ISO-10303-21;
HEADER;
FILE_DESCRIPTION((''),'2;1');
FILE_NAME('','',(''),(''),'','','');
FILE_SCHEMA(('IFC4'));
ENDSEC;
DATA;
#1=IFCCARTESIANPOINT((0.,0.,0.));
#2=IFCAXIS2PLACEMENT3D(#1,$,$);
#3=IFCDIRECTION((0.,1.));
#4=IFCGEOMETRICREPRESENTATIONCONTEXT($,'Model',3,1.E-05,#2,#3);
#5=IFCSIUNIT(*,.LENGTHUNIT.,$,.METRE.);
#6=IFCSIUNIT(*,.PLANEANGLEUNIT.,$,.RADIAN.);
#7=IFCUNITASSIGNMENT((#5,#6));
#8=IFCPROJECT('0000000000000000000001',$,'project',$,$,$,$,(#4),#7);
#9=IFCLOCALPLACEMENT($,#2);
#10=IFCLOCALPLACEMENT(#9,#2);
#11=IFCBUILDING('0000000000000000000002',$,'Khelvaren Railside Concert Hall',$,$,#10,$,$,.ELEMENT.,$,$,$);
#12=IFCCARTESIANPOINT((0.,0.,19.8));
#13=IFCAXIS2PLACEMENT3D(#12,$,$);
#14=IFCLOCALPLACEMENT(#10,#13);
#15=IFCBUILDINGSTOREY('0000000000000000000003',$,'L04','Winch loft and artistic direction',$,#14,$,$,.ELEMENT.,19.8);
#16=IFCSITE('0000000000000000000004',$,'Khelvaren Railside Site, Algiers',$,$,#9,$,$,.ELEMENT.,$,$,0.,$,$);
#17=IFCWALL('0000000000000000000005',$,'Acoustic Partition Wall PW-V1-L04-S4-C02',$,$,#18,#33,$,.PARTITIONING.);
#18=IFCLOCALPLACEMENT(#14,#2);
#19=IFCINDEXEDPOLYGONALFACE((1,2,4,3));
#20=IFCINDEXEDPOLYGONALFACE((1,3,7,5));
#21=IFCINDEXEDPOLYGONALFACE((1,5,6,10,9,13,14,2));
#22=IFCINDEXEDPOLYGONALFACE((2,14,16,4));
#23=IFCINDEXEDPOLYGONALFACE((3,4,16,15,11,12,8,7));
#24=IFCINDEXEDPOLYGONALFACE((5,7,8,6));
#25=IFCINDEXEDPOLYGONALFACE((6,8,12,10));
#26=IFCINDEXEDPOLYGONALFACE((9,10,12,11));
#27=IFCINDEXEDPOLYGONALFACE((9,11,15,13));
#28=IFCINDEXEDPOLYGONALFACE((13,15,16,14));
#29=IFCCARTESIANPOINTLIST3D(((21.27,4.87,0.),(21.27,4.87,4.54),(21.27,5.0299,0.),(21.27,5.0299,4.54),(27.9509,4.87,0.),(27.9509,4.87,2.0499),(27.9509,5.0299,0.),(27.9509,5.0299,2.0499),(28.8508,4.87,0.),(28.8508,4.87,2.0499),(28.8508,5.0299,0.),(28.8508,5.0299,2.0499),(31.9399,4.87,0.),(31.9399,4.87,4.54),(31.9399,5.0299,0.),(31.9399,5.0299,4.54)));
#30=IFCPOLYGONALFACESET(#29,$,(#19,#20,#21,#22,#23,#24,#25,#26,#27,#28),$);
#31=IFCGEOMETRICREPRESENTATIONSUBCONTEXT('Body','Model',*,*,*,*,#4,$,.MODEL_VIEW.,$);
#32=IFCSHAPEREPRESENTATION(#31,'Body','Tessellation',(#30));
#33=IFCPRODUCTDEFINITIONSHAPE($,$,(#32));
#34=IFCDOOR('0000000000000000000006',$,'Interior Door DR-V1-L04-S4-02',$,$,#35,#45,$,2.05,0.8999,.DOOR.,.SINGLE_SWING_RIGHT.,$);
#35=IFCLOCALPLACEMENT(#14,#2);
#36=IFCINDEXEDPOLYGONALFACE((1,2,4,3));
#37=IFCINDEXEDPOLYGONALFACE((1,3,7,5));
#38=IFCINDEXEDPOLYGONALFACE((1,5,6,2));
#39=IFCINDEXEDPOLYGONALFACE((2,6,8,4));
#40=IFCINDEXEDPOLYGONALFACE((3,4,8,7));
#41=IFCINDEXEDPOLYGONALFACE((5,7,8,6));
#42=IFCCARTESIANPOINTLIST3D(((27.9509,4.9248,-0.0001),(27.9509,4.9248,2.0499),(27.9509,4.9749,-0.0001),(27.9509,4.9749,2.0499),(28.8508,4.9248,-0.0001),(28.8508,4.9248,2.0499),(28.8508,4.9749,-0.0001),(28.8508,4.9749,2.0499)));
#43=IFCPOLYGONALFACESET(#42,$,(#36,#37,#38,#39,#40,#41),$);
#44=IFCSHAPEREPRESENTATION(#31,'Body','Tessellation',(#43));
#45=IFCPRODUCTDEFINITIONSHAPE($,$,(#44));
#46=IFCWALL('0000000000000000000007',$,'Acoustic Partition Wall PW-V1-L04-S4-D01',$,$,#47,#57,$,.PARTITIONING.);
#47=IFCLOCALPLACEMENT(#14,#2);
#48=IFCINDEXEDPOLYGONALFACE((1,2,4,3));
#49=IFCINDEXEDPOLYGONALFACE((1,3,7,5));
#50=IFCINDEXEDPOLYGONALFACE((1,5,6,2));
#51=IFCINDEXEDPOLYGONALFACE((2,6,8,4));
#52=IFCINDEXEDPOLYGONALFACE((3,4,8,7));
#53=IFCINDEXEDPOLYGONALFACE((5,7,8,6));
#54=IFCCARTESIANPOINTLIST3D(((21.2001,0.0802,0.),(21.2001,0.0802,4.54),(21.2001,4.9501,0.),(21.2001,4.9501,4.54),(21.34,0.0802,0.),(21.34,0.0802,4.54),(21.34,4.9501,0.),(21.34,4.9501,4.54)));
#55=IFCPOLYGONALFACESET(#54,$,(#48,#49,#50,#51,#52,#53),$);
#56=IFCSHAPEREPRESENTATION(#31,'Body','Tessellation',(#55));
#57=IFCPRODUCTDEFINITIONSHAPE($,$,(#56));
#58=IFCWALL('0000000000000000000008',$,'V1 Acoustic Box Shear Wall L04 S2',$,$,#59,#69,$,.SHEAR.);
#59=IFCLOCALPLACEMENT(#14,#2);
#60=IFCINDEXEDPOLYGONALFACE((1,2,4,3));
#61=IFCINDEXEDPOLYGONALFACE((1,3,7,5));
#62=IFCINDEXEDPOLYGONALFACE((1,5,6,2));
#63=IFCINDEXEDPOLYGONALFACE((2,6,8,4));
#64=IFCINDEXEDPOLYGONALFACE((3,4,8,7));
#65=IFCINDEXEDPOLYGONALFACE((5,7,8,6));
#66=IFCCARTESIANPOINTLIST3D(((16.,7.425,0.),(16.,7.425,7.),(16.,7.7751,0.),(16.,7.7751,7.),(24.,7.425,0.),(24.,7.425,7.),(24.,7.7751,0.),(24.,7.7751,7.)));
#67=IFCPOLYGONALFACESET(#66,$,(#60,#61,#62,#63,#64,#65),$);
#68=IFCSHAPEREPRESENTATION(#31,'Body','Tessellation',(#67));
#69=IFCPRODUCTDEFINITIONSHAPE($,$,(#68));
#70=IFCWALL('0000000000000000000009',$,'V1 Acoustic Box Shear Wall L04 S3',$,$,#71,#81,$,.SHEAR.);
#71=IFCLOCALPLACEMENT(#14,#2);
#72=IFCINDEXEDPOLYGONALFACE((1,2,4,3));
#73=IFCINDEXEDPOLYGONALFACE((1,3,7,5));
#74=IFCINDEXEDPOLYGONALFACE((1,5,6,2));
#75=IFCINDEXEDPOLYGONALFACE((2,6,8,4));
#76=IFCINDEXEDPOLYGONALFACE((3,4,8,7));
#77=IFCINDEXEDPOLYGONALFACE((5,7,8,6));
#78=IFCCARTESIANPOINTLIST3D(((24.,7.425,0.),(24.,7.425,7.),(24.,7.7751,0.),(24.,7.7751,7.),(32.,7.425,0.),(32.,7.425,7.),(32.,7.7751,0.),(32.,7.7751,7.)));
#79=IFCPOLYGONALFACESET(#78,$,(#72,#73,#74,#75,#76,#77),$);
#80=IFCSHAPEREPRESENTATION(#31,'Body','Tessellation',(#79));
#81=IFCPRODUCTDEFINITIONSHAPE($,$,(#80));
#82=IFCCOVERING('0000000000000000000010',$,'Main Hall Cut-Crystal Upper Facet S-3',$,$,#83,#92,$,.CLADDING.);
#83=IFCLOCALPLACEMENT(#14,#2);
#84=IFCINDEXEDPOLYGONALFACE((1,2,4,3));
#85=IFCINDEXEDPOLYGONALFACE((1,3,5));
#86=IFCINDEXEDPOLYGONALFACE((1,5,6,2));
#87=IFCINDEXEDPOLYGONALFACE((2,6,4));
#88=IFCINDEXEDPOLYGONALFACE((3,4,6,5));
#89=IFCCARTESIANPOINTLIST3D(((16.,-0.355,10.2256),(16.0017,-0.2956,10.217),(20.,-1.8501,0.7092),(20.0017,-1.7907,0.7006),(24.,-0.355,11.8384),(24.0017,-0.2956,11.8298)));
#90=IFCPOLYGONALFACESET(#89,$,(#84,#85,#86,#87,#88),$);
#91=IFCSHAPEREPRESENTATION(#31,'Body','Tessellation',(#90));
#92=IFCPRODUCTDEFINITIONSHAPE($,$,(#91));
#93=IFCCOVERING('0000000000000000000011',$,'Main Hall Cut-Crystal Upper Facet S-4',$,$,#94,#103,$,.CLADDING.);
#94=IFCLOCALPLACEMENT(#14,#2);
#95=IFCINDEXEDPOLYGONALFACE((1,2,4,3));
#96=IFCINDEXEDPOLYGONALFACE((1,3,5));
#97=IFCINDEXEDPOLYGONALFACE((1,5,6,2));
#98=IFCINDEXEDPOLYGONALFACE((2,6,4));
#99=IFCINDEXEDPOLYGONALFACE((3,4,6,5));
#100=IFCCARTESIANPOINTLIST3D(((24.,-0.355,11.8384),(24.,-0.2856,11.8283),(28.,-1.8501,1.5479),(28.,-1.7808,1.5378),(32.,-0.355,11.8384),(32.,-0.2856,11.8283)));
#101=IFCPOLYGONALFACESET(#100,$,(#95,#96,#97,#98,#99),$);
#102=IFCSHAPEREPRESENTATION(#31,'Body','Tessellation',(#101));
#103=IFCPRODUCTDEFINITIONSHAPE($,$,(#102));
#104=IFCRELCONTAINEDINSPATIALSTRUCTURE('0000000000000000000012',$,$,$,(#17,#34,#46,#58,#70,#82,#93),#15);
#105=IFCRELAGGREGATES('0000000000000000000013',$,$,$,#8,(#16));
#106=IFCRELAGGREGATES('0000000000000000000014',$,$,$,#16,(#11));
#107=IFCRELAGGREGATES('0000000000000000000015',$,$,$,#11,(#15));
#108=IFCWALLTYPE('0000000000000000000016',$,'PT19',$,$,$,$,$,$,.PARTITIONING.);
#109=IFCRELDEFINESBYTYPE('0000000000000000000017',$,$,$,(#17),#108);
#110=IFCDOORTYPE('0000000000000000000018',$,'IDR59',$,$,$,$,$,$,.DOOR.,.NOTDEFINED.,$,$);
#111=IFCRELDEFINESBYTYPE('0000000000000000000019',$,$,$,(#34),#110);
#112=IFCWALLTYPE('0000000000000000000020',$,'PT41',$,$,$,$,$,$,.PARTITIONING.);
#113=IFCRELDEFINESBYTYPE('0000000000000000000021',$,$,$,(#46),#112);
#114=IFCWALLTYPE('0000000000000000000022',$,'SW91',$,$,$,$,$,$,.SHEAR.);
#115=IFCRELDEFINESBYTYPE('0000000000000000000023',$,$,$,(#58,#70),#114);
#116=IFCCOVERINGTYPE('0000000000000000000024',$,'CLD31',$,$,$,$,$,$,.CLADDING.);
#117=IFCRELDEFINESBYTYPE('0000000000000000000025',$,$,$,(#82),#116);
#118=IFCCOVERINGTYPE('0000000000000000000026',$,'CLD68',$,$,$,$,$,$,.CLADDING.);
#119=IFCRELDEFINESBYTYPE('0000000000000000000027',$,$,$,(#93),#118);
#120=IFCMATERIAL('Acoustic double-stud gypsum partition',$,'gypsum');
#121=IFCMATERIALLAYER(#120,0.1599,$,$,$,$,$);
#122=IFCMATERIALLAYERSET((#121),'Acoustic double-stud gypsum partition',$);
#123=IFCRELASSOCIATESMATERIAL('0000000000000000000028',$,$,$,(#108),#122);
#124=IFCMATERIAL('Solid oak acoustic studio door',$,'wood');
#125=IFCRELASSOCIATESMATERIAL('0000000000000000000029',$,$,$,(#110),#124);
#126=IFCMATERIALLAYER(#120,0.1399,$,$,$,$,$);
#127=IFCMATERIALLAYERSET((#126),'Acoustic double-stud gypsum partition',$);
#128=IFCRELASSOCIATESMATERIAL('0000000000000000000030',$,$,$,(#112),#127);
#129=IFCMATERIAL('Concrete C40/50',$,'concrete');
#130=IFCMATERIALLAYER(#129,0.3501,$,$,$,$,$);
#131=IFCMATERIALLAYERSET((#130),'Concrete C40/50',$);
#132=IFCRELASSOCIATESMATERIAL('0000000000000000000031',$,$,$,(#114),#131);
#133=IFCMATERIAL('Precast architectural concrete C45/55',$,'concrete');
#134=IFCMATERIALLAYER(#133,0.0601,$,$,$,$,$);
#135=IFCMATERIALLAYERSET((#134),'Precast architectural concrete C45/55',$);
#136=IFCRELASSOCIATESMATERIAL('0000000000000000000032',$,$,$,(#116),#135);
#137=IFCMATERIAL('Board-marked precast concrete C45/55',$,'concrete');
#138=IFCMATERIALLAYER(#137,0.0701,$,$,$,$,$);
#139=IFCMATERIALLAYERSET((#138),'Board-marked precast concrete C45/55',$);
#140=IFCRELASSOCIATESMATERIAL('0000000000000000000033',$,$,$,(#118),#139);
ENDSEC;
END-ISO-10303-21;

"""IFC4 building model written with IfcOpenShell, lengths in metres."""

from ifc_helpers import new_model, si_unit, direction, frame, frame_2d, origin, place, context, subcontext, project, spatial, polyline, rectangle, outline, extrude, material, layer, layer_set, type_object, element, fill, save


model = new_model("IFC4")

# Units and contexts
model_context = context("Model", 3, precision=1e-05, world=origin(), true_north=direction((0.0, 1.0)))
body_context = subcontext(model_context, "Body", "Model", "MODEL_VIEW")
ifc_project = project(units=[si_unit("LENGTHUNIT", "METRE"), si_unit("PLANEANGLEUNIT", "RADIAN")], contexts=[model_context])

# Site, building, storey
site_placement = place(None, origin())
site = spatial("IfcSite", under=ifc_project, at=site_placement, Name="Khelvaren Railside Site, Algiers", CompositionType="ELEMENT", RefElevation=0.0)
building_placement = place(site_placement, origin())
building = spatial("IfcBuilding", under=site, at=building_placement, Name="Khelvaren Railside Concert Hall", CompositionType="ELEMENT")
storey_placement = place(building_placement, frame((0.0, 0.0, 19.8)))
storey = spatial("IfcBuildingStorey", under=building, at=storey_placement, Name="L04", Description="Winch loft and artistic direction", CompositionType="ELEMENT", Elevation=19.8)

# Shared definitions
ifc_material_1 = material(Name="Concrete C40/50", Category="concrete")

# Wall, opening, door
ifc_material_2 = material(Name="Acoustic double-stud gypsum partition", Category="gypsum")
ifc_layer_1 = layer(ifc_material_2, 0.1599)
ifc_layer_set_1 = layer_set([ifc_layer_1], Name="Acoustic double-stud gypsum partition")
wall_type_1 = type_object("IfcWallType", Name="PT19", PredefinedType="PARTITIONING", material=ifc_layer_set_1)
wall_1_placement = place(storey_placement, frame((21.27, 4.95, 0.0), z_axis=(0.0, 0.0, 1.0), x_axis=(1.0, 0.0, 0.0)))
wall_1 = element("IfcWall", 1, at=wall_1_placement, inside=storey, type_object=wall_type_1, Name="Acoustic Partition Wall PW-V1-L04-S4-C02", PredefinedType="PARTITIONING", context=body_context, shape_type="SweptSolid", body=[
    extrude(rectangle(XDim=10.6699, YDim=0.1599, at=frame_2d((5.335, 0.0))), origin(), (0.0, 0.0, 1.0), 4.54),
])
opening_placement = place(wall_1_placement, frame((6.6809, 0.0, 0.0)))
opening = element("IfcOpeningElement", 2, at=opening_placement, cuts=wall_1, PredefinedType="OPENING", context=body_context, shape_type="SweptSolid", body=[
    extrude(rectangle(XDim=0.8999, YDim=2.05, at=frame_2d((0.45, 1.0249))), frame((0.0, 0.0898, 0.0), z_axis=(0.0, -1.0, 0.0), x_axis=(1.0, 0.0, 0.0)), (0.0, 0.0, 1.0), 0.1799),
])
ifc_material_3 = material(Name="Solid oak acoustic studio door", Category="wood")
door_type = type_object("IfcDoorType", Name="IDR59", OperationType="NOTDEFINED", PredefinedType="DOOR", material=ifc_material_3)
door_placement = place(opening_placement, origin())
door = element("IfcDoor", 3, at=door_placement, inside=storey, type_object=door_type, Name="Interior Door DR-V1-L04-S4-02", OperationType="SINGLE_SWING_RIGHT", OverallHeight=2.05, OverallWidth=0.8999, PredefinedType="DOOR", context=body_context, shape_type="SweptSolid", body=[
    extrude(rectangle(XDim=0.8999, YDim=2.05, at=frame_2d((0.45, 1.0249))), frame((0.0, 0.0249, 0.0), z_axis=(0.0, -1.0, 0.0), x_axis=(1.0, 0.0, 0.0)), (0.0, 0.0, 1.0), 0.05),
])
fill(opening, door)

# Walls
ifc_layer_2 = layer(ifc_material_2, 0.1399)
ifc_layer_set_2 = layer_set([ifc_layer_2], Name="Acoustic double-stud gypsum partition")
wall_type_2 = type_object("IfcWallType", Name="PT41", PredefinedType="PARTITIONING", material=ifc_layer_set_2)
wall_2_placement = place(storey_placement, frame((21.27, 0.0801, 0.0), z_axis=(0.0, 0.0, 1.0), x_axis=(0.0, 1.0, 0.0)))
element("IfcWall", 4, at=wall_2_placement, inside=storey, type_object=wall_type_2, Name="Acoustic Partition Wall PW-V1-L04-S4-D01", PredefinedType="PARTITIONING", context=body_context, shape_type="SweptSolid", body=[
    extrude(rectangle(XDim=4.8699, YDim=0.1399, at=frame_2d((2.4351, 0.0))), origin(), (0.0, 0.0, 1.0), 4.54),
])
ifc_layer_3 = layer(ifc_material_1, 0.3501)
ifc_layer_set_3 = layer_set([ifc_layer_3], Name="Concrete C40/50")
wall_type_3 = type_object("IfcWallType", Name="SW91", PredefinedType="SHEAR", material=ifc_layer_set_3)
for number, where, z_axis, x_axis, name in (
    (5, (16.0, 7.6001, 0.0), (0.0, 0.0, 1.0), (1.0, 0.0, 0.0), "V1 Acoustic Box Shear Wall L04 S2"),
    (6, (24.0, 7.6001, 0.0), (0.0, 0.0, 1.0), (1.0, 0.0, 0.0), "V1 Acoustic Box Shear Wall L04 S3"),
):
    element("IfcWall", number, at=place(storey_placement, frame(where, z_axis=z_axis, x_axis=x_axis)), inside=storey, type_object=wall_type_3, Name=name, PredefinedType="SHEAR", context=body_context, shape_type="SweptSolid", body=[
        extrude(rectangle(XDim=8.0, YDim=0.3501, at=frame_2d((4.0, 0.0))), origin(), (0.0, 0.0, 1.0), 7.0),
    ])

# Coverings
ifc_material_4 = material(Name="Precast architectural concrete C45/55", Category="concrete")
ifc_layer_4 = layer(ifc_material_4, 0.0601)
ifc_layer_set_4 = layer_set([ifc_layer_4], Name="Precast architectural concrete C45/55")
covering_type_1 = type_object("IfcCoveringType", Name="CLD31", PredefinedType="CLADDING", material=ifc_layer_set_4)
covering_1_placement = place(storey_placement, frame((16.0, -0.355, 10.2256), z_axis=(-0.028885, -0.98926, 0.143282), x_axis=(0.980278, 0.0, 0.197623)))
element("IfcCovering", 7, at=covering_1_placement, inside=storey, type_object=covering_type_1, Name="Main Hall Cut-Crystal Upper Facet S-3", PredefinedType="CLADDING", context=body_context, shape_type="SweptSolid", body=[
    extrude(outline(polyline([(0.0, 0.0), (8.1609, 0.0), (2.0405, -10.229), (0.0, 0.0)])), origin(), (0.0, 0.0, -1.0), 0.0601),
])
ifc_material_5 = material(Name="Board-marked precast concrete C45/55", Category="concrete")
ifc_layer_5 = layer(ifc_material_5, 0.0701)
ifc_layer_set_5 = layer_set([ifc_layer_5], Name="Board-marked precast concrete C45/55")
covering_type_2 = type_object("IfcCoveringType", Name="CLD68", PredefinedType="CLADDING", material=ifc_layer_set_5)
covering_2_placement = place(storey_placement, frame((24.0, -0.355, 11.8384), z_axis=(0.0, -0.98961, 0.143781), x_axis=(1.0, 0.0, 0.0)))
element("IfcCovering", 8, at=covering_2_placement, inside=storey, type_object=covering_type_2, Name="Main Hall Cut-Crystal Upper Facet S-4", PredefinedType="CLADDING", context=body_context, shape_type="SweptSolid", body=[
    extrude(outline(polyline([(0.0, 0.0), (8.0, 0.0), (4.0, -10.3986), (0.0, 0.0)])), origin(), (0.0, 0.0, -1.0), 0.0701),
])

save(model, "model.ifc")
